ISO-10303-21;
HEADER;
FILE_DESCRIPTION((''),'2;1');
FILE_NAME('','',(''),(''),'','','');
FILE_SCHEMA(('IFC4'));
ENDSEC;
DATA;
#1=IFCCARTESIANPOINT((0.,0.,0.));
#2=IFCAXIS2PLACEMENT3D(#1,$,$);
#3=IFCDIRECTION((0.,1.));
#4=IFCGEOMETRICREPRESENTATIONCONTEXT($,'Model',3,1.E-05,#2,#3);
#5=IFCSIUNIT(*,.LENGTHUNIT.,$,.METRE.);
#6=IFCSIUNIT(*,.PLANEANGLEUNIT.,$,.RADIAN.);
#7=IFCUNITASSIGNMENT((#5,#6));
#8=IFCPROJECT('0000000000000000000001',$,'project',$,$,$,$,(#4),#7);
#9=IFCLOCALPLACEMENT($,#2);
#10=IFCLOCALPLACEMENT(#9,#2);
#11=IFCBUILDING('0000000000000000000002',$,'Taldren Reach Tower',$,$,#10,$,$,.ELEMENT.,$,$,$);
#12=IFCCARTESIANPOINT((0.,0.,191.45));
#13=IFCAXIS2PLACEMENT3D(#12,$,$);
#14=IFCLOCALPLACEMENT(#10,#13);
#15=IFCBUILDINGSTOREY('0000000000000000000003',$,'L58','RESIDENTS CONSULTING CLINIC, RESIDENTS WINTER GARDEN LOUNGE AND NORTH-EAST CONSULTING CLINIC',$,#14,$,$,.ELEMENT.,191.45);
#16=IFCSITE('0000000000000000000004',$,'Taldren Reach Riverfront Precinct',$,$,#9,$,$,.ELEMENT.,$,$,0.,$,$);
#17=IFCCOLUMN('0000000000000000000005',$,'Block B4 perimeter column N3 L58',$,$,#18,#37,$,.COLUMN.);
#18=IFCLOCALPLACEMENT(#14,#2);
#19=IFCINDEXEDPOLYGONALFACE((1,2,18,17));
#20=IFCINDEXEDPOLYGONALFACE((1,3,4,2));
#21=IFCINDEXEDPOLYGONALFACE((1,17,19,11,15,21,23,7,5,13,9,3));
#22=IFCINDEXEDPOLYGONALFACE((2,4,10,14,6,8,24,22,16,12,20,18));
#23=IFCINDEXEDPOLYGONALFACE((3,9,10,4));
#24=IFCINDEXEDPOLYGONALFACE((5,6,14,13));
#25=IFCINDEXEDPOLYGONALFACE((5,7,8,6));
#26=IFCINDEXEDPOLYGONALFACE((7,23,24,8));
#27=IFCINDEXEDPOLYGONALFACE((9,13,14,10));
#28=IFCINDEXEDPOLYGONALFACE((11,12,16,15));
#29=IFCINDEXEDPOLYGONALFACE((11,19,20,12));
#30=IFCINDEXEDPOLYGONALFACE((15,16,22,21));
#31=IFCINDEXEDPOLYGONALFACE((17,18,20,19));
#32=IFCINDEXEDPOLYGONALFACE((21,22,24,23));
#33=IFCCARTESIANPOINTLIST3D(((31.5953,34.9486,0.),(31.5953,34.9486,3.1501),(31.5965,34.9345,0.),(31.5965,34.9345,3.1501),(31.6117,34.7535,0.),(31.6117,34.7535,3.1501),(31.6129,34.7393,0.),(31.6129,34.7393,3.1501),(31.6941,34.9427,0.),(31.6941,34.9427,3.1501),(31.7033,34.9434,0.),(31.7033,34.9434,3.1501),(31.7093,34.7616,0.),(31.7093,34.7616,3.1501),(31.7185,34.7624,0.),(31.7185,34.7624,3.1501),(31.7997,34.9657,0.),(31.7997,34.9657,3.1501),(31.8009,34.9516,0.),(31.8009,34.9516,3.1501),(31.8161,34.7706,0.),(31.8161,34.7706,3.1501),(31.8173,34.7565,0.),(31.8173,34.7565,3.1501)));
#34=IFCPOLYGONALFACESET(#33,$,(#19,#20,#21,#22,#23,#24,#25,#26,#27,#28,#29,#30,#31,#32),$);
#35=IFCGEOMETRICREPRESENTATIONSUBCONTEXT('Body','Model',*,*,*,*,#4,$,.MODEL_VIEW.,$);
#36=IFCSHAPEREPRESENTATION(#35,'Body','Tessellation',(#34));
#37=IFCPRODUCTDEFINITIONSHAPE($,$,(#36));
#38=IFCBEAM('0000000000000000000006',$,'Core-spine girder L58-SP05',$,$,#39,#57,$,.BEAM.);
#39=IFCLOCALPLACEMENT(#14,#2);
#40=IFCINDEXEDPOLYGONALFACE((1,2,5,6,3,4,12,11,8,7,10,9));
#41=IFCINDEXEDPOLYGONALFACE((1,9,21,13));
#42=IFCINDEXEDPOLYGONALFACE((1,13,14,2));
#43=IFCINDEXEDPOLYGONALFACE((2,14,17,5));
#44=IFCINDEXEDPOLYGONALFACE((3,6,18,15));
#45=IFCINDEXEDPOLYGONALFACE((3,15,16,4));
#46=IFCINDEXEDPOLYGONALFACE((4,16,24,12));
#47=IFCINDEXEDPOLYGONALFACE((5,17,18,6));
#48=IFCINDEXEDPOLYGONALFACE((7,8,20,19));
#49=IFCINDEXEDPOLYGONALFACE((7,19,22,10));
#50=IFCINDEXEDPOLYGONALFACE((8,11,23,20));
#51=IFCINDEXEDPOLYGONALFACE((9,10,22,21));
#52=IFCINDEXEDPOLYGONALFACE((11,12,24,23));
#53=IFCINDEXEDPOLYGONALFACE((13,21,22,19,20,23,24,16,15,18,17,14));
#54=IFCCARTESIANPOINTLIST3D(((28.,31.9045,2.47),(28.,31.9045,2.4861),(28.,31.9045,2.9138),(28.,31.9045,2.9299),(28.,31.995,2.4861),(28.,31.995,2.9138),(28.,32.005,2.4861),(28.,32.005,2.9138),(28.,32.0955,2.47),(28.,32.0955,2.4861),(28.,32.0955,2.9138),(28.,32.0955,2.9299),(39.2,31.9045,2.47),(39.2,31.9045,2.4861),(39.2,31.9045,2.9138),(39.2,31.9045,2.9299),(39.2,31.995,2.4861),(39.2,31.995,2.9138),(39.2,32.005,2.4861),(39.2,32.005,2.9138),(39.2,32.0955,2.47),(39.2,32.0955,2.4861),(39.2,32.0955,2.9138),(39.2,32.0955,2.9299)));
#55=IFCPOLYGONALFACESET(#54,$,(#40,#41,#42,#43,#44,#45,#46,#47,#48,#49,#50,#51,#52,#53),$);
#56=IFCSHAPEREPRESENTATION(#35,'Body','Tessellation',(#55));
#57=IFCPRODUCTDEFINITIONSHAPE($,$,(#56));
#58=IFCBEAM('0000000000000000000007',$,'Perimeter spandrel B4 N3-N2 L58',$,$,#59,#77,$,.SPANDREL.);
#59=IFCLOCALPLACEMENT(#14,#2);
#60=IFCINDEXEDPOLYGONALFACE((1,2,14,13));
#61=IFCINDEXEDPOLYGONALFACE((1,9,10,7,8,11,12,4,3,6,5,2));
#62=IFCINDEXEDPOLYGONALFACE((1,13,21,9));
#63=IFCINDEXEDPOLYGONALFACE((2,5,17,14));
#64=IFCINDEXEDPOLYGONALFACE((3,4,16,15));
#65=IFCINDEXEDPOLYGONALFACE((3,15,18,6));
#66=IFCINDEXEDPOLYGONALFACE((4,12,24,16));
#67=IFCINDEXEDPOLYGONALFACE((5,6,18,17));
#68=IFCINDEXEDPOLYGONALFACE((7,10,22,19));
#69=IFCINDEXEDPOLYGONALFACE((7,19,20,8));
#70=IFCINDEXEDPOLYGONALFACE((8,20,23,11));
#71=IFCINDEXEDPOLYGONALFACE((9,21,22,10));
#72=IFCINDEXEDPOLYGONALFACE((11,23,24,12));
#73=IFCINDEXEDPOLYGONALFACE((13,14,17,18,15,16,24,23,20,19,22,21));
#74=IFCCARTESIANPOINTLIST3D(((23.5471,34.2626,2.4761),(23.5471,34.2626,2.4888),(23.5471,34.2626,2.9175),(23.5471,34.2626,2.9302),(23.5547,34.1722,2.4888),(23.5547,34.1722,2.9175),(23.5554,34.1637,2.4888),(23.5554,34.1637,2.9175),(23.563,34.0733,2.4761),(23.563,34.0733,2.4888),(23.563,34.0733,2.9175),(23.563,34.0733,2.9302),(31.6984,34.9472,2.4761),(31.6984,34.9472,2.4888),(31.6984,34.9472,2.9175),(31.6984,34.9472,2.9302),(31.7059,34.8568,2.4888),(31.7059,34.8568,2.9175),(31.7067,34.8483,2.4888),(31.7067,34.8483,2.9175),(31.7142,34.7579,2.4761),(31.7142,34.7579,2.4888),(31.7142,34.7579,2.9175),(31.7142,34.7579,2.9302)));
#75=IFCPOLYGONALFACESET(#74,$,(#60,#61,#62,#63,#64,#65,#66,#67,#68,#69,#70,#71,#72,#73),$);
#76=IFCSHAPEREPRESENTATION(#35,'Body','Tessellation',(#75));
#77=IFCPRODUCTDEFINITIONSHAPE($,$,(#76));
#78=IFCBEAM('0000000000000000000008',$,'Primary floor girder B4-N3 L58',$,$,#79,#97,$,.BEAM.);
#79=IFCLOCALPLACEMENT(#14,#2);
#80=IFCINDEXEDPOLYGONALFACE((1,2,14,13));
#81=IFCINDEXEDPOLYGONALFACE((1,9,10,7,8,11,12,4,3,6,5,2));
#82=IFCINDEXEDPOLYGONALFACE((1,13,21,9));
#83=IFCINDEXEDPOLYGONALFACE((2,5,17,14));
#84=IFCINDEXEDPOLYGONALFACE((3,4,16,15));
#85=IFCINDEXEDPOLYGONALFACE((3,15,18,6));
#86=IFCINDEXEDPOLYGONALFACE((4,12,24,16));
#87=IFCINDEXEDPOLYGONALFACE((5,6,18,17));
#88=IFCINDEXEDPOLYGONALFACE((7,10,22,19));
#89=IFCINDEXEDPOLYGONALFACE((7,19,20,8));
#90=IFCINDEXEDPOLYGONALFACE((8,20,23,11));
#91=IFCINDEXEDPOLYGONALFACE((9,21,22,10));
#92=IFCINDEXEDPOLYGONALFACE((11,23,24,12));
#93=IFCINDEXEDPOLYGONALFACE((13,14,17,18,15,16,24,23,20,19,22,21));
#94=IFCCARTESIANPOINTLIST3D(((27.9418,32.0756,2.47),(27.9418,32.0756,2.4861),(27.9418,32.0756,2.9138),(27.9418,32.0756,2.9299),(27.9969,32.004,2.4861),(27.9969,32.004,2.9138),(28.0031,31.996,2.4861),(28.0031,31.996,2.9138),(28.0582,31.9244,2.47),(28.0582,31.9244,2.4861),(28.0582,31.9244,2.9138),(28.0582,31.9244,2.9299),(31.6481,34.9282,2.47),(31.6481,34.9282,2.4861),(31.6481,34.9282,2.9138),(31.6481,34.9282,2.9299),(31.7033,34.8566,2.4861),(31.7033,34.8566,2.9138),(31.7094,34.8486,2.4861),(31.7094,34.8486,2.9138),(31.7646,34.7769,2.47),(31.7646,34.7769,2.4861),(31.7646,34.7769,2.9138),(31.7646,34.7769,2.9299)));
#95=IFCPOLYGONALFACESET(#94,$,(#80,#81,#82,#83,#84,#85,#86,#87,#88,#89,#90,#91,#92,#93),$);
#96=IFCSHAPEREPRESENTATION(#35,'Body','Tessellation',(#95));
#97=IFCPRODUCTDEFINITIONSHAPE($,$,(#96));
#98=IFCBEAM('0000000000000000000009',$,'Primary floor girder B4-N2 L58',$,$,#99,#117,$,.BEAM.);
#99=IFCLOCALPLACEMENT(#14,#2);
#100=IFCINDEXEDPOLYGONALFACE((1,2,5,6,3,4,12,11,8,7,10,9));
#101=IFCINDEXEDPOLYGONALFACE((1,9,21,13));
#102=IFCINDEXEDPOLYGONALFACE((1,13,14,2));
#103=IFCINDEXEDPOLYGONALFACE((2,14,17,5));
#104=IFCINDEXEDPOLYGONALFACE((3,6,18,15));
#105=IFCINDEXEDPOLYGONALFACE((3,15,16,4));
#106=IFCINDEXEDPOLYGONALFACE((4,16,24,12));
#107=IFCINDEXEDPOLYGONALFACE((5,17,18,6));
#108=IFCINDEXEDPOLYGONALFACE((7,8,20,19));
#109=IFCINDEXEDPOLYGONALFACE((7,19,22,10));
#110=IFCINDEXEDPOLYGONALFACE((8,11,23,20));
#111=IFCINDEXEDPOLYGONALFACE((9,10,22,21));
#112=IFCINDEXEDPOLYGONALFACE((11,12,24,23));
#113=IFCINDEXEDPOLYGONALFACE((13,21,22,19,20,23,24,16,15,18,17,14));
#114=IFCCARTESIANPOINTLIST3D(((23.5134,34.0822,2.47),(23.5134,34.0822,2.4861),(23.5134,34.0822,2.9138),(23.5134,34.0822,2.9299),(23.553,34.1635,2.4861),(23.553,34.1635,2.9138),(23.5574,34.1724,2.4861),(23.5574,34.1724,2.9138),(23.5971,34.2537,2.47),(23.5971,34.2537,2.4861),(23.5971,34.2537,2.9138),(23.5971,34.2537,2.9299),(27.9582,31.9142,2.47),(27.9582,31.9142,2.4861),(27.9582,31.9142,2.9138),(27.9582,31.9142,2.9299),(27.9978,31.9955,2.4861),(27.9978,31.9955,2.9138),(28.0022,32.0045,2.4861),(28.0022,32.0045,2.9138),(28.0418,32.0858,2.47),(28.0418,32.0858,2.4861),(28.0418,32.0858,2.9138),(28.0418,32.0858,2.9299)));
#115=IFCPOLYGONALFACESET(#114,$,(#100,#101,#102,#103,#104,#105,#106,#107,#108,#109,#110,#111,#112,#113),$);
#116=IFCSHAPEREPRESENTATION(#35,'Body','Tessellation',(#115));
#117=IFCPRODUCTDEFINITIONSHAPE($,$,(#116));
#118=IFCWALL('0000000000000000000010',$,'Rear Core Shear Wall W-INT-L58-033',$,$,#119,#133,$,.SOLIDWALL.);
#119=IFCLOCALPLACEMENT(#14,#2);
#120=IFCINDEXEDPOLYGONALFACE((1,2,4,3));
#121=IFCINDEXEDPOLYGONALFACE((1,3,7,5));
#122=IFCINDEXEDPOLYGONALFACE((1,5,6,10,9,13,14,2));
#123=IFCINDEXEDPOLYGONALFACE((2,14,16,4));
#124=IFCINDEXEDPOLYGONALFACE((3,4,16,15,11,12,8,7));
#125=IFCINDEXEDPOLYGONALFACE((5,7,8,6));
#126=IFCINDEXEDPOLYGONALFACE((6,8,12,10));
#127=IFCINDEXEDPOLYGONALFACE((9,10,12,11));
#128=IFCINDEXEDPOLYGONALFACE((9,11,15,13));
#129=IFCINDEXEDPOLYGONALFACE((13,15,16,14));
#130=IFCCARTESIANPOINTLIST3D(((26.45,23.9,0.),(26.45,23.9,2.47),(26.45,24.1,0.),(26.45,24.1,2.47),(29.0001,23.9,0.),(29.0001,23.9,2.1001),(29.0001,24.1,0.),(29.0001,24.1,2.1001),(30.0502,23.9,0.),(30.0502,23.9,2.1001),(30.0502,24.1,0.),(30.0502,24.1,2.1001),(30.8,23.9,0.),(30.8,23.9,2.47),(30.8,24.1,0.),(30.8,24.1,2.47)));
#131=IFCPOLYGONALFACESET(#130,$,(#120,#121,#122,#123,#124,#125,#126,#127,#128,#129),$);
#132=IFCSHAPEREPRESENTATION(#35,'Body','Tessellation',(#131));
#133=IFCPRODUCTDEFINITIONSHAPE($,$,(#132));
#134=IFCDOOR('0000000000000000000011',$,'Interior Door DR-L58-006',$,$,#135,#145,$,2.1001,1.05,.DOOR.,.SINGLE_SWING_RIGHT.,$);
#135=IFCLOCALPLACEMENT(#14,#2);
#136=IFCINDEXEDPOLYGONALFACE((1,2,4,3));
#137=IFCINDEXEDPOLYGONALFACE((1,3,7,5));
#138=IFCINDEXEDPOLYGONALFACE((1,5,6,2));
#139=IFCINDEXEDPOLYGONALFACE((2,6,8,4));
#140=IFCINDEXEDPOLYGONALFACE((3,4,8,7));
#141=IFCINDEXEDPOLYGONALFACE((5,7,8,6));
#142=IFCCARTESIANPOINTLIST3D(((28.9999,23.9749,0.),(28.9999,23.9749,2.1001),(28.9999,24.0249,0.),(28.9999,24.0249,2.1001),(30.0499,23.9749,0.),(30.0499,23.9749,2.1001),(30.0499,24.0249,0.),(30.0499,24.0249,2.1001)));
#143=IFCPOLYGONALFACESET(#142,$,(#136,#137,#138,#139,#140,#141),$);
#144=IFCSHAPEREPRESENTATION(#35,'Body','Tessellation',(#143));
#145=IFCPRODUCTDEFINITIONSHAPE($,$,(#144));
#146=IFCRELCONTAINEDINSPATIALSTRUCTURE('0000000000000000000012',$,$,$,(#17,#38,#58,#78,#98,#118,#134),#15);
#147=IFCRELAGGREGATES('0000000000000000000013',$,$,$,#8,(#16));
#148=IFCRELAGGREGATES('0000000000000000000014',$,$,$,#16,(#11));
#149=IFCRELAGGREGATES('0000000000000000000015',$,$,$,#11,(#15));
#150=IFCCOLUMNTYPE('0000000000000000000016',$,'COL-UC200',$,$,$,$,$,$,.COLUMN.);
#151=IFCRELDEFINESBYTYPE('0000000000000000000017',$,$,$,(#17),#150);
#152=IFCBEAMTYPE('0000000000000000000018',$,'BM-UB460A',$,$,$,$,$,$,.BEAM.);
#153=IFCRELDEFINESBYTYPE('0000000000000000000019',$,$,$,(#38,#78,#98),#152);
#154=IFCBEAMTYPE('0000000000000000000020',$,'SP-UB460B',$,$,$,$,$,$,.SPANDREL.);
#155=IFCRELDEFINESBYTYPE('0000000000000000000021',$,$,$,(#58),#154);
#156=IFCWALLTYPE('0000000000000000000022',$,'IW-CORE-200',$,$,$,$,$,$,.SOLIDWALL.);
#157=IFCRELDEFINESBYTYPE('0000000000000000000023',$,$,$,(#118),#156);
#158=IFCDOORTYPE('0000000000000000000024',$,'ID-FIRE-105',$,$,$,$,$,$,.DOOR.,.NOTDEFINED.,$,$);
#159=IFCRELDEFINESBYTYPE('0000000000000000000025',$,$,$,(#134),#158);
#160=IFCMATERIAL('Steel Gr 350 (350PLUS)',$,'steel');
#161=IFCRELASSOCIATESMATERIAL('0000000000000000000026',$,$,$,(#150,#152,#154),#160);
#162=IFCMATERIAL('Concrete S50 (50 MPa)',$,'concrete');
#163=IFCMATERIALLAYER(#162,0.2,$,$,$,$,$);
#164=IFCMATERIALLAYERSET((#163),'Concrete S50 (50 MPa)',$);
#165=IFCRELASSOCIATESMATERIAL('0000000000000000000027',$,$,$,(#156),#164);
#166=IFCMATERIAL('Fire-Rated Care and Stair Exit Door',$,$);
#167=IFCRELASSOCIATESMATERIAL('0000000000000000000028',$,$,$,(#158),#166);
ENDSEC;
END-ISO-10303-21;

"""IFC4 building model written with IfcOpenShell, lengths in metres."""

from ifc_helpers import new_model, si_unit, direction, frame, frame_2d, origin, origin_2d, place, context, subcontext, project, spatial, rectangle, i_section, extrude, source, transform, mapped, material, layer, layer_set, material_profile, profile_set, type_object, element, fill, save


model = new_model("IFC4")

# Units and contexts
model_context = context("Model", 3, precision=1e-05, world=origin(), true_north=direction((0.0, 1.0)))
body_context = subcontext(model_context, "Body", "Model", "MODEL_VIEW")
ifc_project = project(units=[si_unit("LENGTHUNIT", "METRE"), si_unit("PLANEANGLEUNIT", "RADIAN")], contexts=[model_context])

# Site, building, storey
site_placement = place(None, origin())
site = spatial("IfcSite", under=ifc_project, at=site_placement, Name="Taldren Reach Riverfront Precinct", CompositionType="ELEMENT", RefElevation=0.0)
building_placement = place(site_placement, origin())
building = spatial("IfcBuilding", under=site, at=building_placement, Name="Taldren Reach Tower", CompositionType="ELEMENT")
storey_placement = place(building_placement, frame((0.0, 0.0, 191.45)))
storey = spatial("IfcBuildingStorey", under=building, at=storey_placement, Name="L58", Description="RESIDENTS CONSULTING CLINIC, RESIDENTS WINTER GARDEN LOUNGE AND NORTH-EAST CONSULTING CLINIC", CompositionType="ELEMENT", Elevation=191.45)

# Column
ifc_material_1 = material(Name="Steel Gr 350 (350PLUS)", Category="steel")
ifc_material_profile_1 = material_profile(ifc_material_1, i_section(OverallWidth=0.2051, OverallDepth=0.21, WebThickness=0.0093, FlangeThickness=0.0142, at=origin_2d()), Name="200UC59.5")
ifc_profile_set_1 = profile_set([ifc_material_profile_1], Name="Steel Gr 350 (350PLUS)")
column_type = type_object("IfcColumnType", Name="COL-UC200", PredefinedType="COLUMN", material=ifc_profile_set_1)
shared_shape_1 = source(origin(), body_context, "Body", "SweptSolid", [
    extrude(i_section(OverallWidth=0.2051, OverallDepth=0.21, WebThickness=0.0093, FlangeThickness=0.0142, at=origin_2d()), origin(), (0.0, 0.0, 1.0), 3.1501),
])
column_placement = place(storey_placement, frame((31.7063, 34.8525, 0.0), z_axis=(0.0, 0.0, 1.0), x_axis=(0.996493, 0.083678, 0.0)))
element("IfcColumn", 1, at=column_placement, inside=storey, type_object=column_type, Name="Block B4 perimeter column N3 L58", PredefinedType="COLUMN", context=body_context, shape_type="MappedRepresentation", body=[
    mapped(shared_shape_1, transform((0.0, 0.0, 0.0), scale=1.0)),
])

# Beams
ifc_material_profile_2 = material_profile(ifc_material_1, i_section(OverallWidth=0.1909, OverallDepth=0.46, WebThickness=0.01, FlangeThickness=0.0161, at=origin_2d()), Name="460UB82.1")
ifc_profile_set_2 = profile_set([ifc_material_profile_2], Name="Steel Gr 350 (350PLUS)")
beam_type_1 = type_object("IfcBeamType", Name="BM-UB460A", PredefinedType="BEAM", material=ifc_profile_set_2)
shared_shape_2 = source(origin(), body_context, "Body", "SweptSolid", [
    extrude(i_section(OverallWidth=0.1909, OverallDepth=0.46, WebThickness=0.01, FlangeThickness=0.0161, at=origin_2d()), origin(), (0.0, 0.0, 1.0), 11.2),
])
beam_1_placement = place(storey_placement, frame((28.0, 32.0, 2.7), z_axis=(1.0, 0.0, 0.0), x_axis=(0.0, 1.0, 0.0)))
element("IfcBeam", 2, at=beam_1_placement, inside=storey, type_object=beam_type_1, Name="Core-spine girder L58-SP05", PredefinedType="BEAM", context=body_context, shape_type="MappedRepresentation", body=[
    mapped(shared_shape_2, transform((0.0, 0.0, 0.0), scale=1.0)),
])
ifc_material_profile_3 = material_profile(ifc_material_1, i_section(OverallWidth=0.1899, OverallDepth=0.4541, WebThickness=0.0085, FlangeThickness=0.0127, at=origin_2d()), Name="460UB67.1")
ifc_profile_set_3 = profile_set([ifc_material_profile_3], Name="Steel Gr 350 (350PLUS)")
beam_type_2 = type_object("IfcBeamType", Name="SP-UB460B", PredefinedType="SPANDREL", material=ifc_profile_set_3)
shared_shape_3 = source(origin(), body_context, "Body", "SweptSolid", [
    extrude(i_section(OverallWidth=0.1899, OverallDepth=0.4541, WebThickness=0.0085, FlangeThickness=0.0127, at=origin_2d()), origin(), (0.0, 0.0, 1.0), 8.1799),
])
beam_2_placement = place(storey_placement, frame((31.7063, 34.8525, 2.7031), z_axis=(-0.996492, -0.08369, 0.0), x_axis=(0.08369, -0.996492, 0.0)))
element("IfcBeam", 3, at=beam_2_placement, inside=storey, type_object=beam_type_2, Name="Perimeter spandrel B4 N3-N2 L58", PredefinedType="SPANDREL", context=body_context, shape_type="MappedRepresentation", body=[
    mapped(shared_shape_3, transform((0.0, 0.0, 0.0), scale=1.0)),
])
shared_shape_4 = source(origin(), body_context, "Body", "SweptSolid", [
    extrude(i_section(OverallWidth=0.1909, OverallDepth=0.46, WebThickness=0.01, FlangeThickness=0.0161, at=origin_2d()), origin(), (0.0, 0.0, 1.0), 4.677),
])
beam_3_placement = place(storey_placement, frame((28.0, 32.0, 2.7), z_axis=(0.792465, 0.609918, 0.0), x_axis=(-0.609918, 0.792465, 0.0)))
element("IfcBeam", 4, at=beam_3_placement, inside=storey, type_object=beam_type_1, Name="Primary floor girder B4-N3 L58", PredefinedType="BEAM", context=body_context, shape_type="MappedRepresentation", body=[
    mapped(shared_shape_4, transform((0.0, 0.0, 0.0), scale=1.0)),
])
shared_shape_5 = source(origin(), body_context, "Body", "SweptSolid", [
    extrude(i_section(OverallWidth=0.1909, OverallDepth=0.46, WebThickness=0.01, FlangeThickness=0.0161, at=origin_2d()), origin(), (0.0, 0.0, 1.0), 4.9453),
])
beam_4_placement = place(storey_placement, frame((28.0, 32.0, 2.7), z_axis=(-0.898787, 0.438385, 0.0), x_axis=(-0.438385, -0.898787, 0.0)))
element("IfcBeam", 5, at=beam_4_placement, inside=storey, type_object=beam_type_1, Name="Primary floor girder B4-N2 L58", PredefinedType="BEAM", context=body_context, shape_type="MappedRepresentation", body=[
    mapped(shared_shape_5, transform((0.0, 0.0, 0.0), scale=1.0)),
])

# Wall, opening, door
ifc_material_2 = material(Name="Concrete S50 (50 MPa)", Category="concrete")
ifc_layer_1 = layer(ifc_material_2, 0.2)
ifc_layer_set_1 = layer_set([ifc_layer_1], Name="Concrete S50 (50 MPa)")
wall_type_1 = type_object("IfcWallType", Name="IW-CORE-200", PredefinedType="SOLIDWALL", material=ifc_layer_set_1)
shared_shape_6 = source(origin(), body_context, "Body", "SweptSolid", [
    extrude(rectangle(XDim=4.3501, YDim=0.2, at=frame_2d((2.175, 0.0))), origin(), (0.0, 0.0, 1.0), 2.47),
])
wall_1_placement = place(storey_placement, frame((30.8, 24.0, 0.0), z_axis=(0.0, 0.0, 1.0), x_axis=(-1.0, 0.0, 0.0)))
wall_1 = element("IfcWall", 6, at=wall_1_placement, inside=storey, type_object=wall_type_1, Name="Rear Core Shear Wall W-INT-L58-033", PredefinedType="SOLIDWALL", context=body_context, shape_type="MappedRepresentation", body=[
    mapped(shared_shape_6, transform((0.0, 0.0, 0.0), scale=1.0)),
])
shared_shape_7 = source(origin(), body_context, "Body", "SweptSolid", [
    extrude(rectangle(XDim=1.05, YDim=2.1001, at=frame_2d((0.5249, 1.05))), frame((0.0, 0.1099, 0.0), z_axis=(0.0, -1.0, 0.0), x_axis=(1.0, 0.0, 0.0)), (0.0, 0.0, 1.0), 0.22),
])
opening_1_placement = place(wall_1_placement, frame((0.75, 0.0, 0.0)))
opening_1 = element("IfcOpeningElement", 7, at=opening_1_placement, cuts=wall_1, PredefinedType="OPENING", context=body_context, shape_type="MappedRepresentation", body=[
    mapped(shared_shape_7, transform((0.0, 0.0, 0.0), scale=1.0)),
])
ifc_material_3 = material(Name="Fire-Rated Care and Stair Exit Door")
door_type = type_object("IfcDoorType", Name="ID-FIRE-105", OperationType="NOTDEFINED", PredefinedType="DOOR", material=ifc_material_3)
shared_shape_8 = source(origin(), body_context, "Body", "SweptSolid", [
    extrude(rectangle(XDim=1.05, YDim=2.1001, at=frame_2d((0.5249, 1.05))), frame((0.0, 0.0249, 0.0), z_axis=(0.0, -1.0, 0.0), x_axis=(1.0, 0.0, 0.0)), (0.0, 0.0, 1.0), 0.05),
])
door_1_placement = place(opening_1_placement, frame((1.05, 0.0, 0.0), z_axis=(0.0, 0.0, 1.0), x_axis=(-1.0, 0.0, 0.0)))
door_1 = element("IfcDoor", 8, at=door_1_placement, inside=storey, type_object=door_type, Name="Interior Door DR-L58-006", OperationType="SINGLE_SWING_RIGHT", OverallHeight=2.1001, OverallWidth=1.05, PredefinedType="DOOR", context=body_context, shape_type="MappedRepresentation", body=[
    mapped(shared_shape_8, transform((0.0, 0.0, 0.0), scale=1.0)),
])
fill(opening_1, door_1)

save(model, "model.ifc")
